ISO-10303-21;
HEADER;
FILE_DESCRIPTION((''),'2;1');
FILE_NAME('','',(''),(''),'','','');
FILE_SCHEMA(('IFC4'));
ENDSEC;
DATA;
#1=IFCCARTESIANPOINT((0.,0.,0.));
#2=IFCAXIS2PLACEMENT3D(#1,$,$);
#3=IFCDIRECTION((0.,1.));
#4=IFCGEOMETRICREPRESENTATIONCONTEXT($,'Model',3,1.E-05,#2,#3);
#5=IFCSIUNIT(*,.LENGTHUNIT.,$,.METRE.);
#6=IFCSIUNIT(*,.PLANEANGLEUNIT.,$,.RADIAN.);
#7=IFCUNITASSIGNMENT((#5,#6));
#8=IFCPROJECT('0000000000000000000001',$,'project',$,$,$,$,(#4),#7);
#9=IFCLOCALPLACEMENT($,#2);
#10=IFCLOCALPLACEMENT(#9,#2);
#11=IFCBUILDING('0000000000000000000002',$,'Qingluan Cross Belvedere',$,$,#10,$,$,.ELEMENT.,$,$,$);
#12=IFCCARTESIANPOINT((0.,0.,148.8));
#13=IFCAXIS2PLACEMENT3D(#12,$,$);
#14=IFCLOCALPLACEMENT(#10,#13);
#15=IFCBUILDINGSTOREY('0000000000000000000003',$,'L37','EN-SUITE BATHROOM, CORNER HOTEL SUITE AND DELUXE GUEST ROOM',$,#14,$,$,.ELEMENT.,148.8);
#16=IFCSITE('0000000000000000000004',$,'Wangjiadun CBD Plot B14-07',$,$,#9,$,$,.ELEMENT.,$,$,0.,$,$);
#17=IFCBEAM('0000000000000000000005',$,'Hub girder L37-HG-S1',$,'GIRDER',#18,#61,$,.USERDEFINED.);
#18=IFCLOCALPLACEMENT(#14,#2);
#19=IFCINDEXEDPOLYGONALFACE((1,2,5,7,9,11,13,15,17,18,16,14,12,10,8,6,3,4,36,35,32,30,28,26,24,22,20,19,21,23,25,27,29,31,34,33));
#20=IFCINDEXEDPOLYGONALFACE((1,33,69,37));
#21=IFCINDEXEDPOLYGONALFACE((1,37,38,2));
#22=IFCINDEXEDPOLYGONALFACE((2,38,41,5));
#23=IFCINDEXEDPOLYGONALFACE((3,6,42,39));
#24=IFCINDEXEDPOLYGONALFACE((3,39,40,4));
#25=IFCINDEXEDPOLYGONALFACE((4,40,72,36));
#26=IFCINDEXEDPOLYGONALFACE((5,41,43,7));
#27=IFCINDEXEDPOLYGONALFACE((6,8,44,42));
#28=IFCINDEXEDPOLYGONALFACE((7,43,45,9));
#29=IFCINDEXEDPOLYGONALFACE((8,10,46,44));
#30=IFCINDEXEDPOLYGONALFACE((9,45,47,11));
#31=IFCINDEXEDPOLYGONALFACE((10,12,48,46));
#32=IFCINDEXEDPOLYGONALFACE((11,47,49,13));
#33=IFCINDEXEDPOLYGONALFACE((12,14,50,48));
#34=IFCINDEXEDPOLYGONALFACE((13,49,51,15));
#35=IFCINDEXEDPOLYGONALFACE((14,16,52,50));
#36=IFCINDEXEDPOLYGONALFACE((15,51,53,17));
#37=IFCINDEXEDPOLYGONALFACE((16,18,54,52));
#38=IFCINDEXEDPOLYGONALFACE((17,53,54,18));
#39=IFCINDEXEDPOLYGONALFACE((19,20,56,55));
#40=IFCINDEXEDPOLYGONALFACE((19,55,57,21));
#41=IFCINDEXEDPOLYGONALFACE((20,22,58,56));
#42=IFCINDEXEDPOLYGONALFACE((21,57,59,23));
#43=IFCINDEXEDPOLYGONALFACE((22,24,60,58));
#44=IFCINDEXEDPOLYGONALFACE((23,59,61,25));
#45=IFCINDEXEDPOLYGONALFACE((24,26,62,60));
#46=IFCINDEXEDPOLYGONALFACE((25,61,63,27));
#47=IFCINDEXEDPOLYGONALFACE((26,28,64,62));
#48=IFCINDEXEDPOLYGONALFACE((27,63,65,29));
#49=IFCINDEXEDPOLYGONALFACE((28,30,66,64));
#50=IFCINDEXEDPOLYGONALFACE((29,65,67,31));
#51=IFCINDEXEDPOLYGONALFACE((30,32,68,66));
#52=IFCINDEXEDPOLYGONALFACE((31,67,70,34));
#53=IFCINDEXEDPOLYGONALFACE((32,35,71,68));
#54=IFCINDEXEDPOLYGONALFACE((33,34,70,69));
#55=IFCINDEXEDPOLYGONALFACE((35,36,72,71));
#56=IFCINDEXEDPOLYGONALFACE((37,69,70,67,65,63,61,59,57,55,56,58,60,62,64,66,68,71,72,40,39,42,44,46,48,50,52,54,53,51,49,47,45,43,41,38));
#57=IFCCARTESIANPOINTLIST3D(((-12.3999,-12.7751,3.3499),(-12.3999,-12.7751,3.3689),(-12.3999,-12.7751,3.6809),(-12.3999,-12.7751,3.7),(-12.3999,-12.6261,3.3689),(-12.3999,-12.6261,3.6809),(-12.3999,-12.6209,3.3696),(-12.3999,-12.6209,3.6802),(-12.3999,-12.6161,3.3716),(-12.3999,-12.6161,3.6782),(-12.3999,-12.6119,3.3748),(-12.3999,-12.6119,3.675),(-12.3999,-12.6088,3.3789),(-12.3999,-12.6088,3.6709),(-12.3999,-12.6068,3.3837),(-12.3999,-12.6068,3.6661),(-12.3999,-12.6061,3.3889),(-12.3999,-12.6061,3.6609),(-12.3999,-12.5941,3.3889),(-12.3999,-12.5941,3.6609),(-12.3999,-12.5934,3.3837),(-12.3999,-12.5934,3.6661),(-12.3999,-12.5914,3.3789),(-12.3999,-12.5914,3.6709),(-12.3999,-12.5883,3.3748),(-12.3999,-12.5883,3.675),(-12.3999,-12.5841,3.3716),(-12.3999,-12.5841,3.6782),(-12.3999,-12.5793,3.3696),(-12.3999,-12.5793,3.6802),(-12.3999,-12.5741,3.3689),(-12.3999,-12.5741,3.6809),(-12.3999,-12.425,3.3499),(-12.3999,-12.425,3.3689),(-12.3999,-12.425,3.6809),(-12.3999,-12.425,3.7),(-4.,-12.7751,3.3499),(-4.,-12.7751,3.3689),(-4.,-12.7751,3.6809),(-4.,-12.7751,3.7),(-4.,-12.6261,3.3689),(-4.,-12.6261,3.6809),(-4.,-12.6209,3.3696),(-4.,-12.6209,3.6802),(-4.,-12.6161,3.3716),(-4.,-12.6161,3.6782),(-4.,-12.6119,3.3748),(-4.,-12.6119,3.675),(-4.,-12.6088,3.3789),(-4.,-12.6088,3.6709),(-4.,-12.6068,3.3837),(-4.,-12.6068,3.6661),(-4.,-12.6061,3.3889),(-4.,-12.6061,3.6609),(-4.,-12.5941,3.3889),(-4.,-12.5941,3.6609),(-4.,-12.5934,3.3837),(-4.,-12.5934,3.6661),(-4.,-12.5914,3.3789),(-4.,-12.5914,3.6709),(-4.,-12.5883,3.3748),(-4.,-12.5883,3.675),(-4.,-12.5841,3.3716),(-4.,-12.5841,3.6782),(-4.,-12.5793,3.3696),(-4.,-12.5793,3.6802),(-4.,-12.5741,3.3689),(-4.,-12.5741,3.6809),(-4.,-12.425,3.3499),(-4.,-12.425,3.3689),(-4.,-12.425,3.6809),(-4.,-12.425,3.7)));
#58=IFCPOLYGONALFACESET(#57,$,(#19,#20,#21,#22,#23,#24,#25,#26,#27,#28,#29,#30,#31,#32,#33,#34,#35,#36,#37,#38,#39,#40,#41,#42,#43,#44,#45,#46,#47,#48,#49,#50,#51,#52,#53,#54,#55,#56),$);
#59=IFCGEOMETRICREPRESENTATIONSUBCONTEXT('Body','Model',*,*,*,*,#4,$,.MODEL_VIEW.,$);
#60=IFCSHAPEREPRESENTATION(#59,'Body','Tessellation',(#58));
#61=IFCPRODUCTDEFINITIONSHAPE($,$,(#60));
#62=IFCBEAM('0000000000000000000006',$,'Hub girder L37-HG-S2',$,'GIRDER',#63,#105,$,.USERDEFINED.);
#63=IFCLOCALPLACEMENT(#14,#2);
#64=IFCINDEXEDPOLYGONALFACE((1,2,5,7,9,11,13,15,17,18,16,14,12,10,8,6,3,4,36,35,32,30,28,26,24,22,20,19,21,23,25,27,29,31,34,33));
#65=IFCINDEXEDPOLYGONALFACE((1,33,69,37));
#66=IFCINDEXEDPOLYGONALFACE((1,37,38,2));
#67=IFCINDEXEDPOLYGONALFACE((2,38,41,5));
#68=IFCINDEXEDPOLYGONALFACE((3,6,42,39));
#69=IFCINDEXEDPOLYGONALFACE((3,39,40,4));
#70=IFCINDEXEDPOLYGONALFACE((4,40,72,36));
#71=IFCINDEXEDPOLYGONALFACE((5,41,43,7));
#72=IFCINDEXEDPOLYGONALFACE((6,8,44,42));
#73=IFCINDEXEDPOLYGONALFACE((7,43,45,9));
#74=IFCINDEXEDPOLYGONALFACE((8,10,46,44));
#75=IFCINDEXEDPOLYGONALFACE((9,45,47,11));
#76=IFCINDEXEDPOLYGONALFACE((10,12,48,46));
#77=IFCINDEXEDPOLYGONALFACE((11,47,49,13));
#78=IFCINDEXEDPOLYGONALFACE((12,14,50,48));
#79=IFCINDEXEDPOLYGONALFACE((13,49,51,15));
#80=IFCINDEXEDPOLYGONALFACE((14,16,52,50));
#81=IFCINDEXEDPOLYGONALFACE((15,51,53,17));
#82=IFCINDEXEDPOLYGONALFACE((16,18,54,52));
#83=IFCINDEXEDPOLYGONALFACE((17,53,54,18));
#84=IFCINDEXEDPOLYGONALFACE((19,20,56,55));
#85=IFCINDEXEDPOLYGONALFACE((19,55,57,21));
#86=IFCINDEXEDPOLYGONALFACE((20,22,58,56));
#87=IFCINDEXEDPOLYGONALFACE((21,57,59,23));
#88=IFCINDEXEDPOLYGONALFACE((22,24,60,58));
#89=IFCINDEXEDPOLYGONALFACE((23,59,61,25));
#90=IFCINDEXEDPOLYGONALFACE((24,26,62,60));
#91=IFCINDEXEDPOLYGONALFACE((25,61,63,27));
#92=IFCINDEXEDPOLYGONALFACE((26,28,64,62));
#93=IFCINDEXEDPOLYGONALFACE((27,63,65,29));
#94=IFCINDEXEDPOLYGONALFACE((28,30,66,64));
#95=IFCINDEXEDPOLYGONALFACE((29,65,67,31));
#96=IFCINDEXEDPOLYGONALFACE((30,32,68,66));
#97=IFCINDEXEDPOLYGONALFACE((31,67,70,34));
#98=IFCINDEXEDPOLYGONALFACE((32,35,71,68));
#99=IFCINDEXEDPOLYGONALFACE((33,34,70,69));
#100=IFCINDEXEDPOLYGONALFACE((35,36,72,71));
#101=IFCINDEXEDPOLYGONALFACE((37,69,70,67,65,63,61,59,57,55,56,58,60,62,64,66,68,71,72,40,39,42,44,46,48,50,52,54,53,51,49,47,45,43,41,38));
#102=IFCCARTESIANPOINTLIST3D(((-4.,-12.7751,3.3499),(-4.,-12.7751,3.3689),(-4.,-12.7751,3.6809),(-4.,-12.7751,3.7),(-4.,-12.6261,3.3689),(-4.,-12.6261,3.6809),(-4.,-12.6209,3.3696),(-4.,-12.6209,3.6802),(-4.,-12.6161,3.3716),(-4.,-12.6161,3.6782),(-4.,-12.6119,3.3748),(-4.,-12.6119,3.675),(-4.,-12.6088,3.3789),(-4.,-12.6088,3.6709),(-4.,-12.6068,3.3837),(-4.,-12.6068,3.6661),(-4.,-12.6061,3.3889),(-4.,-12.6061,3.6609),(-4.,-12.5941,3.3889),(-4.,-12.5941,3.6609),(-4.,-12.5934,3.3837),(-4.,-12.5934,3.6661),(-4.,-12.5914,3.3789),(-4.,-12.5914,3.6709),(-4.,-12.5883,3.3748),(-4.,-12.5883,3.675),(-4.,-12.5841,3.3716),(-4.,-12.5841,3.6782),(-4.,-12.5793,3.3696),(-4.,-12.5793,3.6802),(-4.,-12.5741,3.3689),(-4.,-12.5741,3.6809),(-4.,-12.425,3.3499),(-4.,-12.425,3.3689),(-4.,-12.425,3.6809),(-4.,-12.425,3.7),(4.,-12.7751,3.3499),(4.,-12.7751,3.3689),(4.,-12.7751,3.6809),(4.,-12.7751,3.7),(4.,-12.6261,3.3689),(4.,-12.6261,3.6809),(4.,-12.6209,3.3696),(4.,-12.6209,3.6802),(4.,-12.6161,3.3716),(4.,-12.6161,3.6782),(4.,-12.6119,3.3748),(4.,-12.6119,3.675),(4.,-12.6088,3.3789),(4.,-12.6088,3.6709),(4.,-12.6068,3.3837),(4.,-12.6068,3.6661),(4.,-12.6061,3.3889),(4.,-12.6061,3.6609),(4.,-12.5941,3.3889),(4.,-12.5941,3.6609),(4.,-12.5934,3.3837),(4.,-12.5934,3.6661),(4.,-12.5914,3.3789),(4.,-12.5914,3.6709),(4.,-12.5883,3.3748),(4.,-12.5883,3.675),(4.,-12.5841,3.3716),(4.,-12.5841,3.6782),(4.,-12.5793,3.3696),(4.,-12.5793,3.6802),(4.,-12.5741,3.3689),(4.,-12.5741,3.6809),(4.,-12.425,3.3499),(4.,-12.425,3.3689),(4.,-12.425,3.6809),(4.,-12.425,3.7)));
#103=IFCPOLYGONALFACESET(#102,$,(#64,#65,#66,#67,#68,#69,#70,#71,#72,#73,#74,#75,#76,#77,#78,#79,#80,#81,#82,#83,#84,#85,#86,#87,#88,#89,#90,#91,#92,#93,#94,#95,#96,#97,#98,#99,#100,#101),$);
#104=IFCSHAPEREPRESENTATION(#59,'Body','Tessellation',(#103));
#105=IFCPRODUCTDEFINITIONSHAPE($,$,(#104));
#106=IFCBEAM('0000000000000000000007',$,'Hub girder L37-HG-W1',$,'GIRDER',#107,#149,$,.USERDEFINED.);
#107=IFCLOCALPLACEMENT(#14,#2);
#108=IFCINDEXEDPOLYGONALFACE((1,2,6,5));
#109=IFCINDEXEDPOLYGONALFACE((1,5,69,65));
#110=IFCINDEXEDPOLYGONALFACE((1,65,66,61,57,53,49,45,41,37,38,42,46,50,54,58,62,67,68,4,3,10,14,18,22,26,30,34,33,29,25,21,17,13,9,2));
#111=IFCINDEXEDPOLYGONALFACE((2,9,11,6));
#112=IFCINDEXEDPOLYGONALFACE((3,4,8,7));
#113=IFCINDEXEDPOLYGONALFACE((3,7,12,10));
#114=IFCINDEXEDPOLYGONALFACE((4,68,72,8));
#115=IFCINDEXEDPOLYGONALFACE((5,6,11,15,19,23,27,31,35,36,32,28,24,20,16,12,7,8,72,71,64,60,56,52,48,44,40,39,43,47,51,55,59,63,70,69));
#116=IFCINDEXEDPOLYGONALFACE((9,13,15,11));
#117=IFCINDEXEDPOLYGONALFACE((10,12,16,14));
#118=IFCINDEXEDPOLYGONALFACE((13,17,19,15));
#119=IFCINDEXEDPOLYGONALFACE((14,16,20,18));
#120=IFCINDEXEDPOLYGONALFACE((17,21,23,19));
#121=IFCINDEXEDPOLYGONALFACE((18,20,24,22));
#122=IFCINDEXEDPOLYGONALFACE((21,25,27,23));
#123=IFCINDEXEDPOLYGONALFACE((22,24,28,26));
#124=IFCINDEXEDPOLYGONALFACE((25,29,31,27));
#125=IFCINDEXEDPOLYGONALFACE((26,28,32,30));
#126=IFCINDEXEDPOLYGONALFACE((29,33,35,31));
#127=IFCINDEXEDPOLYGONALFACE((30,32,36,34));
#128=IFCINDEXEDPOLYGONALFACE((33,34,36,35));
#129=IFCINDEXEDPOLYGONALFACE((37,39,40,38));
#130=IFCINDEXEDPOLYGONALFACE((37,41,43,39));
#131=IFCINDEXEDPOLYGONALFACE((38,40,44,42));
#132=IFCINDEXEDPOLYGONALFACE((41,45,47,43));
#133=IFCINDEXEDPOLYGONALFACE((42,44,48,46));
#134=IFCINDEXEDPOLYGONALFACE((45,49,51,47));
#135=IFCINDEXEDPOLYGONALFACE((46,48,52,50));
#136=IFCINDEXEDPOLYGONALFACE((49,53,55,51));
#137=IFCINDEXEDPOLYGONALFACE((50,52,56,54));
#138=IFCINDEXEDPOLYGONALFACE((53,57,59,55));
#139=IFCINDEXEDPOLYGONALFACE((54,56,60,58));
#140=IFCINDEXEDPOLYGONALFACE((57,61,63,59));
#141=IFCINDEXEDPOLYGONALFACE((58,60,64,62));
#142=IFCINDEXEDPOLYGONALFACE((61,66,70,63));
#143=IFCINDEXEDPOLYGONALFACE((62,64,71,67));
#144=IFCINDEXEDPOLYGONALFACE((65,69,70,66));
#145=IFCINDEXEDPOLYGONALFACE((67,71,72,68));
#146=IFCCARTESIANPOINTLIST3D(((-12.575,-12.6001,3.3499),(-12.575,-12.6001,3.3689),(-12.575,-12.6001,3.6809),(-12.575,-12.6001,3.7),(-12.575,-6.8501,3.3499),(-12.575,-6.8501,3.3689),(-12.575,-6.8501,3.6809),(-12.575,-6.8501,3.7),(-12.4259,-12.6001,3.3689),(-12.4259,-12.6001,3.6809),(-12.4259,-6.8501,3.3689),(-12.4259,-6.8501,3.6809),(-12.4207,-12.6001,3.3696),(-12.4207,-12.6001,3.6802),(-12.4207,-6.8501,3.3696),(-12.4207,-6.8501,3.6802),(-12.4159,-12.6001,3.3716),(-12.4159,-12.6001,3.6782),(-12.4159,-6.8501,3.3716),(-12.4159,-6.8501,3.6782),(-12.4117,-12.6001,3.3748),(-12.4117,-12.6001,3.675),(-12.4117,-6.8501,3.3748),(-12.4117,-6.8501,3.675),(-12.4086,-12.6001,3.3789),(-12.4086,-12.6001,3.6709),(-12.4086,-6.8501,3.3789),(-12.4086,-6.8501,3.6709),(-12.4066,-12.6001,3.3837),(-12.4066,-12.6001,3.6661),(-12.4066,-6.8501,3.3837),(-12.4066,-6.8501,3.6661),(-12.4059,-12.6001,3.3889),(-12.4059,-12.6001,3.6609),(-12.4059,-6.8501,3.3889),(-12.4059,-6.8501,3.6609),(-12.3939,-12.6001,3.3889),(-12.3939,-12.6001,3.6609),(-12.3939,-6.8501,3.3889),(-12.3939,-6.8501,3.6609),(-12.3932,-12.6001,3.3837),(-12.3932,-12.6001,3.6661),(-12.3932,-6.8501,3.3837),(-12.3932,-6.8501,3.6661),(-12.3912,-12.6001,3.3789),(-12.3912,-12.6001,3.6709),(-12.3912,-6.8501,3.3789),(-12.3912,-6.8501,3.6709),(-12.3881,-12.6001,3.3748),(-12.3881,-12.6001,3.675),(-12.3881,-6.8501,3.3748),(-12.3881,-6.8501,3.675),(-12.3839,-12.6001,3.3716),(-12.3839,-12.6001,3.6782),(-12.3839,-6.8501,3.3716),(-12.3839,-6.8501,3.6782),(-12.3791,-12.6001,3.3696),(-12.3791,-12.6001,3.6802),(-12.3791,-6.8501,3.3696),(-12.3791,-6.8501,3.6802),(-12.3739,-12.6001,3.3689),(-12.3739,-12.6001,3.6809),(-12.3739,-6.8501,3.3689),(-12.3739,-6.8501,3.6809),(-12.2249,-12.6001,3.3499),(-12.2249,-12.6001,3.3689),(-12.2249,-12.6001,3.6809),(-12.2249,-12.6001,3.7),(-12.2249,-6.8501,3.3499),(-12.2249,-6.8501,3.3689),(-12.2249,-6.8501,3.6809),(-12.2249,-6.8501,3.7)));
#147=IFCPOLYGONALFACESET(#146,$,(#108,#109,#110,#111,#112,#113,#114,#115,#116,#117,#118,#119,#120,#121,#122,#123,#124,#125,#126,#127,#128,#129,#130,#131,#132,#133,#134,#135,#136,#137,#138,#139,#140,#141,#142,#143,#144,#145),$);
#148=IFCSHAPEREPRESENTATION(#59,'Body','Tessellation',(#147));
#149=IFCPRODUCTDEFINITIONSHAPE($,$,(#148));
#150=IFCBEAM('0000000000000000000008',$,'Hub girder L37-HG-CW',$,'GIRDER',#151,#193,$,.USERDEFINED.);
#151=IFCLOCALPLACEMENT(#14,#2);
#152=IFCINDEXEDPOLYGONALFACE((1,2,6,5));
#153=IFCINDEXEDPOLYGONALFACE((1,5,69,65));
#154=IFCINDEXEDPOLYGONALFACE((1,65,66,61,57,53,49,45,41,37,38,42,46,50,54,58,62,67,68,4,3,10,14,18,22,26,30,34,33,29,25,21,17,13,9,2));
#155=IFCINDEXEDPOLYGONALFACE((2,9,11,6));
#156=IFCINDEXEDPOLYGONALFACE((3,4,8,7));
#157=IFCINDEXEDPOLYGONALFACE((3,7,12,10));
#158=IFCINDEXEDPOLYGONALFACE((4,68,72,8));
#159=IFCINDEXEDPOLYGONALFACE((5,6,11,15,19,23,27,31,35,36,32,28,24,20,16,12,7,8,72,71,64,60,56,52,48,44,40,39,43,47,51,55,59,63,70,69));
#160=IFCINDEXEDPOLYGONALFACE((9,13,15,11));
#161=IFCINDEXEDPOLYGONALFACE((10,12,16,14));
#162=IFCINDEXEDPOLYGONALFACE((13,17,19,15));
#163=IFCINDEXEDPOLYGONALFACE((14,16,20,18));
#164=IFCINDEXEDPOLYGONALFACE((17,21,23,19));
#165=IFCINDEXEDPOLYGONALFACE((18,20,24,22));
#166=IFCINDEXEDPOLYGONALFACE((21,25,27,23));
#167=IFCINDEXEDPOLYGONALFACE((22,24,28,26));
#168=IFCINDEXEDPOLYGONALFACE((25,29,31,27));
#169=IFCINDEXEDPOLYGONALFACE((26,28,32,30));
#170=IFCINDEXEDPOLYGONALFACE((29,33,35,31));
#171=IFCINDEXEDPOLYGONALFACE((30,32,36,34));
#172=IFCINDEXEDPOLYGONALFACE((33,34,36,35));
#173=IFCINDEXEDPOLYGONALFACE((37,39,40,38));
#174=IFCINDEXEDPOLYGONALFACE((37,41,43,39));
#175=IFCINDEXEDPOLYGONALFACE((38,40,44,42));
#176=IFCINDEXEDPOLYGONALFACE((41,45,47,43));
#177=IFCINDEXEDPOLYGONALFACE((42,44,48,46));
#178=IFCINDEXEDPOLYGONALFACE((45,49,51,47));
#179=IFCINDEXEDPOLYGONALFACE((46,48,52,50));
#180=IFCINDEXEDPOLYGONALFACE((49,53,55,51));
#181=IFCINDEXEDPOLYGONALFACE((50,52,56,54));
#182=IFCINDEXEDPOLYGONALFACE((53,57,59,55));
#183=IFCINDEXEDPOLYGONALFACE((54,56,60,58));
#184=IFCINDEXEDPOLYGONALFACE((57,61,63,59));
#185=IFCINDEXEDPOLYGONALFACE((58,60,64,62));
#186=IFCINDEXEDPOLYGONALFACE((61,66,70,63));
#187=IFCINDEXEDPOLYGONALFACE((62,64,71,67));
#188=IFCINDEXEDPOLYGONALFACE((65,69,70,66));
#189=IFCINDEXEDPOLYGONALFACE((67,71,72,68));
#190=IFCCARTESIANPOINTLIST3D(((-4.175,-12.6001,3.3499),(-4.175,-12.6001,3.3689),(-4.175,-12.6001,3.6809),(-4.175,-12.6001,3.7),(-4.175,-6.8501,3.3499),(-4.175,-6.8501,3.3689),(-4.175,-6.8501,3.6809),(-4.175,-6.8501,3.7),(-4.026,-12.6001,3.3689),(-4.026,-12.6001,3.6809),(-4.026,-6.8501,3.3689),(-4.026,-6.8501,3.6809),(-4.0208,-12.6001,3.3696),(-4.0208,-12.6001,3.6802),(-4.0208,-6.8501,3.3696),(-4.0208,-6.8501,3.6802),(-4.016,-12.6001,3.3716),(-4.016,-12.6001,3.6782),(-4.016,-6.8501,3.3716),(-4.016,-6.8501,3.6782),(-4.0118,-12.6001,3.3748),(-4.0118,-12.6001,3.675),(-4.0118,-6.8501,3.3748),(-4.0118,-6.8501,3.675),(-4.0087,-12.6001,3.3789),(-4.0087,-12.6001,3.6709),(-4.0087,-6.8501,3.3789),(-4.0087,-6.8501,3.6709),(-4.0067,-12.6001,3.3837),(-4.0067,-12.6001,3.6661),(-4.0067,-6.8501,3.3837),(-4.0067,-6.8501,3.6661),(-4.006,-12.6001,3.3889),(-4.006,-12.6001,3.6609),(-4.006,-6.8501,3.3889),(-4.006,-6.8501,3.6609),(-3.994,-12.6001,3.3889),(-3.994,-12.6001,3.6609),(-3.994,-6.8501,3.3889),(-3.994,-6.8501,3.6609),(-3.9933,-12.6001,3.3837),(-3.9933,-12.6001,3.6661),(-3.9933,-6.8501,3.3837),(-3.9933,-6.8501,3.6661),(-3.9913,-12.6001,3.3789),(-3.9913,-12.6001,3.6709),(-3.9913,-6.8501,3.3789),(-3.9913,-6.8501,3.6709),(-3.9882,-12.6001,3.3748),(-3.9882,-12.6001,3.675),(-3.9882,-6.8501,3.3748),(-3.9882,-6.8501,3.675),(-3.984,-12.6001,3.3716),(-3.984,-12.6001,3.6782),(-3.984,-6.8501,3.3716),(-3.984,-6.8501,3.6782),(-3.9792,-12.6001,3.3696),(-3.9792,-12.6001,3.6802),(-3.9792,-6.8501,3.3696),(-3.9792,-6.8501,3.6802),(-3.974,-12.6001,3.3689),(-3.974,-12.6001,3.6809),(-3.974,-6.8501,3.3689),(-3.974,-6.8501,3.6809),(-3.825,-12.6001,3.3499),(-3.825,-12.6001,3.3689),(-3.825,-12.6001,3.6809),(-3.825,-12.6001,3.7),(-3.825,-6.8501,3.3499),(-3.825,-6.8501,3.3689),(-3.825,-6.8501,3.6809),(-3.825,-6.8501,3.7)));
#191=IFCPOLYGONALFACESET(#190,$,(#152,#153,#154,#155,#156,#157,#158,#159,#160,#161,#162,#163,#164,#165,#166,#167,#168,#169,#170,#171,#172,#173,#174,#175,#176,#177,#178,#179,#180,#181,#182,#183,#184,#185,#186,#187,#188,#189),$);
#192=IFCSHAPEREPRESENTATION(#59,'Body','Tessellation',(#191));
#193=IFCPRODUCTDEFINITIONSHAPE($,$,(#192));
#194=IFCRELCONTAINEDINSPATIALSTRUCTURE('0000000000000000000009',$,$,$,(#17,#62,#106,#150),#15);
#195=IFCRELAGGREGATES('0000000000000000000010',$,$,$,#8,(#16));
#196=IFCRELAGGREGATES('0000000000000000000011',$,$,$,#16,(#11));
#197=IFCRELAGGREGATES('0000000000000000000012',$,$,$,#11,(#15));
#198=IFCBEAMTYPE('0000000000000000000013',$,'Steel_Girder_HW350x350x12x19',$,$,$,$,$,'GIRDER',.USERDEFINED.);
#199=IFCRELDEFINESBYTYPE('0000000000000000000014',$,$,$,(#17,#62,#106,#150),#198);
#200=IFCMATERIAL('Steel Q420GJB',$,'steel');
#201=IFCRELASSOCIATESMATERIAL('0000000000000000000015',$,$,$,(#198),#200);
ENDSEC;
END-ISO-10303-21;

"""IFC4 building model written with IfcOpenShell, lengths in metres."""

from ifc_helpers import new_model, si_unit, direction, frame, origin, origin_2d, place, context, subcontext, project, spatial, i_section, extrude, material, material_profile, profile_set, type_object, element, save


model = new_model("IFC4")

# Units and contexts
model_context = context("Model", 3, precision=1e-05, world=origin(), true_north=direction((0.0, 1.0)))
body_context = subcontext(model_context, "Body", "Model", "MODEL_VIEW")
ifc_project = project(units=[si_unit("LENGTHUNIT", "METRE"), si_unit("PLANEANGLEUNIT", "RADIAN")], contexts=[model_context])

# Site, building, storey
site_placement = place(None, origin())
site = spatial("IfcSite", under=ifc_project, at=site_placement, Name="Wangjiadun CBD Plot B14-07", CompositionType="ELEMENT", RefElevation=0.0)
building_placement = place(site_placement, origin())
building = spatial("IfcBuilding", under=site, at=building_placement, Name="Qingluan Cross Belvedere", CompositionType="ELEMENT")
storey_placement = place(building_placement, frame((0.0, 0.0, 148.8)))
storey = spatial("IfcBuildingStorey", under=building, at=storey_placement, Name="L37", Description="EN-SUITE BATHROOM, CORNER HOTEL SUITE AND DELUXE GUEST ROOM", CompositionType="ELEMENT", Elevation=148.8)

# Beams
ifc_material_1 = material(Name="Steel Q420GJB", Category="steel")
ifc_material_profile_1 = material_profile(ifc_material_1, i_section(OverallWidth=0.3501, OverallDepth=0.3501, WebThickness=0.012, FlangeThickness=0.019, FilletRadius=0.02, at=origin_2d()), Name="HW350x350x12x19")
ifc_profile_set_1 = profile_set([ifc_material_profile_1], Name="Steel Q420GJB")
beam_type_1 = type_object("IfcBeamType", Name="Steel_Girder_HW350x350x12x19", ElementType="GIRDER", PredefinedType="USERDEFINED", material=ifc_profile_set_1)
beam_1_placement = place(storey_placement, frame((-12.3999, -12.6001, 3.5249), z_axis=(1.0, 0.0, 0.0), x_axis=(0.0, 1.0, 0.0)))
element("IfcBeam", 1, at=beam_1_placement, inside=storey, type_object=beam_type_1, Name="Hub girder L37-HG-S1", ObjectType="GIRDER", PredefinedType="USERDEFINED", context=body_context, shape_type="SweptSolid", body=[
    extrude(i_section(OverallWidth=0.3501, OverallDepth=0.3501, WebThickness=0.012, FlangeThickness=0.019, FilletRadius=0.02, at=origin_2d()), origin(), (0.0, 0.0, 1.0), 8.3999),
])
beam_2_placement = place(storey_placement, frame((-4.0, -12.6001, 3.5249), z_axis=(1.0, 0.0, 0.0), x_axis=(0.0, 1.0, 0.0)))
element("IfcBeam", 2, at=beam_2_placement, inside=storey, type_object=beam_type_1, Name="Hub girder L37-HG-S2", ObjectType="GIRDER", PredefinedType="USERDEFINED", context=body_context, shape_type="SweptSolid", body=[
    extrude(i_section(OverallWidth=0.3501, OverallDepth=0.3501, WebThickness=0.012, FlangeThickness=0.019, FilletRadius=0.02, at=origin_2d()), origin(), (0.0, 0.0, 1.0), 8.0),
])
for number, where, z_axis, x_axis, name in (
    (3, (-12.3999, -12.6001, 3.5249), (0.0, 1.0, 0.0), (-1.0, 0.0, 0.0), "Hub girder L37-HG-W1"),
    (4, (-4.0, -12.6001, 3.5249), (0.0, 1.0, 0.0), (-1.0, 0.0, 0.0), "Hub girder L37-HG-CW"),
):
    element("IfcBeam", number, at=place(storey_placement, frame(where, z_axis=z_axis, x_axis=x_axis)), inside=storey, type_object=beam_type_1, Name=name, ObjectType="GIRDER", PredefinedType="USERDEFINED", context=body_context, shape_type="SweptSolid", body=[
        extrude(i_section(OverallWidth=0.3501, OverallDepth=0.3501, WebThickness=0.012, FlangeThickness=0.019, FilletRadius=0.02, at=origin_2d()), origin(), (0.0, 0.0, 1.0), 5.75),
    ])

save(model, "model.ifc")
